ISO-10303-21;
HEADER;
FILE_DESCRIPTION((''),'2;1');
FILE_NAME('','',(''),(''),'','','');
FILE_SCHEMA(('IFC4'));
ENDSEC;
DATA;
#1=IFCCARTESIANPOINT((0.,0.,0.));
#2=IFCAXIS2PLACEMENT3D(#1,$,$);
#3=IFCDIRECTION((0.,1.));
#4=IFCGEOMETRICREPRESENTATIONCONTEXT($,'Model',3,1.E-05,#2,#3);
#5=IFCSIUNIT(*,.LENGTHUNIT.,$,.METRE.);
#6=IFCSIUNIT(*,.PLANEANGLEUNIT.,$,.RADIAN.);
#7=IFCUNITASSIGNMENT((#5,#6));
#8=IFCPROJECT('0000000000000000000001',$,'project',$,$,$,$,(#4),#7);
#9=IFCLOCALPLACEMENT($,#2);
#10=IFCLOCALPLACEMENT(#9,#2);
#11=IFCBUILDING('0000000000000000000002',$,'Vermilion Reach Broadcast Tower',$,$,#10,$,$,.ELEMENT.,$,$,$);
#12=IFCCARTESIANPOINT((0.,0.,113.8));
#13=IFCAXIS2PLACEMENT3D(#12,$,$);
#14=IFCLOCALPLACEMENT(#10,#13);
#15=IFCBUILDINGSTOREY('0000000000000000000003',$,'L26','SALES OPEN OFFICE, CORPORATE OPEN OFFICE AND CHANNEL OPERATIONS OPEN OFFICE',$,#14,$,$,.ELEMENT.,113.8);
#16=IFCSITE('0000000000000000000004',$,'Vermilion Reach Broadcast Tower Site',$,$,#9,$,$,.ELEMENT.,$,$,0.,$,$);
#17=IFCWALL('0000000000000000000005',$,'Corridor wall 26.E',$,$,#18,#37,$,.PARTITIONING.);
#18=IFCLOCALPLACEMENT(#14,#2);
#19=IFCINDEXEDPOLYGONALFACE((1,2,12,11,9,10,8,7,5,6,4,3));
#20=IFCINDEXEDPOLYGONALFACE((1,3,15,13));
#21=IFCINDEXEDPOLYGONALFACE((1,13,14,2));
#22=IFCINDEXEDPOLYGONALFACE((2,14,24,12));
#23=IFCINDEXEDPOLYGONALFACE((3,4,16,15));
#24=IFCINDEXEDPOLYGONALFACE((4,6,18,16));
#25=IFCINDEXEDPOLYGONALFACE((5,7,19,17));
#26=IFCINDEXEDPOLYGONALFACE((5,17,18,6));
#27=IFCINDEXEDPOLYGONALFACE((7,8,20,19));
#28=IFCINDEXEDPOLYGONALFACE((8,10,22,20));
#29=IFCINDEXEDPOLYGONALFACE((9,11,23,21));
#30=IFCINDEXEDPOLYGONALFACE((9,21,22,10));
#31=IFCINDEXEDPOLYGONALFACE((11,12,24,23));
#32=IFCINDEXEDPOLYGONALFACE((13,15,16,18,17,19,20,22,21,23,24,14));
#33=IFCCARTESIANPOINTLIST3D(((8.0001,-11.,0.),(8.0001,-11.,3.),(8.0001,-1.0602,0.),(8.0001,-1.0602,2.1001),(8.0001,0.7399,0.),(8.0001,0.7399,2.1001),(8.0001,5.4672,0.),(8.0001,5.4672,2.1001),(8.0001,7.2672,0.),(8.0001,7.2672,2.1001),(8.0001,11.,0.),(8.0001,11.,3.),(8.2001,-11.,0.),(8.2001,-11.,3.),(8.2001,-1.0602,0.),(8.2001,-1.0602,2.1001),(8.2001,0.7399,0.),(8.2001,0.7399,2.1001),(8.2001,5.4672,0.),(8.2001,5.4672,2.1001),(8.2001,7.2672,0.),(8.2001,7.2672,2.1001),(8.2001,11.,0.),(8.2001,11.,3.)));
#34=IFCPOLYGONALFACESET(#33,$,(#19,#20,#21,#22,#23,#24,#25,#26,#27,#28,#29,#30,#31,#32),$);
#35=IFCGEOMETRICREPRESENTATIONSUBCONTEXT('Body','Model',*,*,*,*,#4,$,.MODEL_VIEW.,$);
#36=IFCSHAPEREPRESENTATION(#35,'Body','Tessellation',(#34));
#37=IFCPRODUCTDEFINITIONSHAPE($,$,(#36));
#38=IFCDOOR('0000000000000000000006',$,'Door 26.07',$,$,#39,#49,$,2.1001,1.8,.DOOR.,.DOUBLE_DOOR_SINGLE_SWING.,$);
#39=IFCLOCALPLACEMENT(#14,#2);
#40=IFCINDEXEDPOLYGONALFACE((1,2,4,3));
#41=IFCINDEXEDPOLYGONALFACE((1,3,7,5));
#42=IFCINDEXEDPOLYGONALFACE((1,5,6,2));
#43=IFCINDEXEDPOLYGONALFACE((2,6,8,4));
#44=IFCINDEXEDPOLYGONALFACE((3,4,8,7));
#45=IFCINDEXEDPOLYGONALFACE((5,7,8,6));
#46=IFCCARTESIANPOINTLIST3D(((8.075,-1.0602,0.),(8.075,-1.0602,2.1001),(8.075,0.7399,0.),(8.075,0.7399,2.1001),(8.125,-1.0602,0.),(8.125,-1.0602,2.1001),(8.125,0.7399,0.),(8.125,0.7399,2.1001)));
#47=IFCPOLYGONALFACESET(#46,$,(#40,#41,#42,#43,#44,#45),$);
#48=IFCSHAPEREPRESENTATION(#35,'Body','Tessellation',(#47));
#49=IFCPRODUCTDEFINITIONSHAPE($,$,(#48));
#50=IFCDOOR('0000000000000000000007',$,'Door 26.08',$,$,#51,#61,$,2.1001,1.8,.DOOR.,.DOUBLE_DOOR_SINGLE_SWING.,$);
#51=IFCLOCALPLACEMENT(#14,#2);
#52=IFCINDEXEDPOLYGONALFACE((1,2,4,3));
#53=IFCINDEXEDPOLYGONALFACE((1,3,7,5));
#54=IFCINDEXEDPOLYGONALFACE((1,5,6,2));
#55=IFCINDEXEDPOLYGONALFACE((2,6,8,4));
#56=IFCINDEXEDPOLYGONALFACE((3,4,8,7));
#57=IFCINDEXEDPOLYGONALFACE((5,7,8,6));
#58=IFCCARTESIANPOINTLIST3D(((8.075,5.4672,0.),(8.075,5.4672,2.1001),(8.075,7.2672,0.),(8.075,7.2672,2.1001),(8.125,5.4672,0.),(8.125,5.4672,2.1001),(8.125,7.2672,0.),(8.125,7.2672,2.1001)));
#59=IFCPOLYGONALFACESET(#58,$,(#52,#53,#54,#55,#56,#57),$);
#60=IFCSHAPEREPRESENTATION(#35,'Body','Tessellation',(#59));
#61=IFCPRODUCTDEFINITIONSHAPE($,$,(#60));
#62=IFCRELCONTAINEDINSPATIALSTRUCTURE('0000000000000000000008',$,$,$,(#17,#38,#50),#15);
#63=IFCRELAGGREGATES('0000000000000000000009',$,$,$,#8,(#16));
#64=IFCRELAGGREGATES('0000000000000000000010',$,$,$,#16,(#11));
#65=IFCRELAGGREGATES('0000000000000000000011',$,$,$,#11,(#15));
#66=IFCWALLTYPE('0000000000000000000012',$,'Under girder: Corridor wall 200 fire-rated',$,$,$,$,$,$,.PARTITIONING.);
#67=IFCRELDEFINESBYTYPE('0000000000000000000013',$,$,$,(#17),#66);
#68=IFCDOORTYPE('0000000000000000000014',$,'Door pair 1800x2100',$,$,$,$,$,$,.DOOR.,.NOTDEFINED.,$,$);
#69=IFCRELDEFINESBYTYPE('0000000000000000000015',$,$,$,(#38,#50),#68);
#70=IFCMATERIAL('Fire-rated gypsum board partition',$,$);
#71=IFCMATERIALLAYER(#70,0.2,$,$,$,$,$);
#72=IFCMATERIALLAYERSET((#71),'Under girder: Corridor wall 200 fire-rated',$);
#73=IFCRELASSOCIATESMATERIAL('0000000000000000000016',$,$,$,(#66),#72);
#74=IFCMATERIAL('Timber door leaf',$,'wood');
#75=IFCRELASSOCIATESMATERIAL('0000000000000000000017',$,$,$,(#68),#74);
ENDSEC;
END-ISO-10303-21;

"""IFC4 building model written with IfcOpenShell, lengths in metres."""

from ifc_helpers import new_model, si_unit, direction, frame, frame_2d, origin, place, context, subcontext, project, spatial, rectangle, extrude, material, layer, layer_set, type_object, element, fill, save


model = new_model("IFC4")

# Units and contexts
model_context = context("Model", 3, precision=1e-05, world=origin(), true_north=direction((0.0, 1.0)))
body_context = subcontext(model_context, "Body", "Model", "MODEL_VIEW")
ifc_project = project(units=[si_unit("LENGTHUNIT", "METRE"), si_unit("PLANEANGLEUNIT", "RADIAN")], contexts=[model_context])

# Site, building, storey
site_placement = place(None, origin())
site = spatial("IfcSite", under=ifc_project, at=site_placement, Name="Vermilion Reach Broadcast Tower Site", CompositionType="ELEMENT", RefElevation=0.0)
building_placement = place(site_placement, origin())
building = spatial("IfcBuilding", under=site, at=building_placement, Name="Vermilion Reach Broadcast Tower", CompositionType="ELEMENT")
storey_placement = place(building_placement, frame((0.0, 0.0, 113.8)))
storey = spatial("IfcBuildingStorey", under=building, at=storey_placement, Name="L26", Description="SALES OPEN OFFICE, CORPORATE OPEN OFFICE AND CHANNEL OPERATIONS OPEN OFFICE", CompositionType="ELEMENT", Elevation=113.8)

# Wall, openings, doors
ifc_material_1 = material(Name="Fire-rated gypsum board partition")
ifc_layer_1 = layer(ifc_material_1, 0.2)
ifc_layer_set_1 = layer_set([ifc_layer_1], Name="Under girder: Corridor wall 200 fire-rated")
wall_type_1 = type_object("IfcWallType", Name="Under girder: Corridor wall 200 fire-rated", PredefinedType="PARTITIONING", material=ifc_layer_set_1)
wall_1_placement = place(storey_placement, frame((8.1001, 11.0, 0.0), z_axis=(0.0, 0.0, 1.0), x_axis=(0.0, -1.0, 0.0)))
wall_1 = element("IfcWall", 1, at=wall_1_placement, inside=storey, type_object=wall_type_1, Name="Corridor wall 26.E", PredefinedType="PARTITIONING", context=body_context, shape_type="SweptSolid", body=[
    extrude(rectangle(XDim=22.0, YDim=0.2, at=frame_2d((11.0, 0.0))), origin(), (0.0, 0.0, 1.0), 3.0),
])
opening_1_placement = place(wall_1_placement, frame((10.2603, 0.0, 0.0)))
opening_1 = element("IfcOpeningElement", 2, at=opening_1_placement, cuts=wall_1, PredefinedType="OPENING", context=body_context, shape_type="SweptSolid", body=[
    extrude(rectangle(XDim=1.8, YDim=2.1001, at=frame_2d((0.8999, 1.05))), frame((0.0, 0.1099, 0.0), z_axis=(0.0, -1.0, 0.0), x_axis=(1.0, 0.0, 0.0)), (0.0, 0.0, 1.0), 0.22),
])
opening_2_placement = place(wall_1_placement, frame((3.7329, 0.0, 0.0)))
opening_2 = element("IfcOpeningElement", 3, at=opening_2_placement, cuts=wall_1, PredefinedType="OPENING", context=body_context, shape_type="SweptSolid", body=[
    extrude(rectangle(XDim=1.8, YDim=2.1001, at=frame_2d((0.8999, 1.05))), frame((0.0, 0.1099, 0.0), z_axis=(0.0, -1.0, 0.0), x_axis=(1.0, 0.0, 0.0)), (0.0, 0.0, 1.0), 0.22),
])
ifc_material_2 = material(Name="Timber door leaf", Category="wood")
door_type_1 = type_object("IfcDoorType", Name="Door pair 1800x2100", OperationType="NOTDEFINED", PredefinedType="DOOR", material=ifc_material_2)
door_1_placement = place(opening_1_placement, origin())
door_1 = element("IfcDoor", 4, at=door_1_placement, inside=storey, type_object=door_type_1, Name="Door 26.07", OperationType="DOUBLE_DOOR_SINGLE_SWING", OverallHeight=2.1001, OverallWidth=1.8, PredefinedType="DOOR", context=body_context, shape_type="SweptSolid", body=[
    extrude(rectangle(XDim=1.8, YDim=2.1001, at=frame_2d((0.8999, 1.05))), frame((0.0, 0.0249, 0.0), z_axis=(0.0, -1.0, 0.0), x_axis=(1.0, 0.0, 0.0)), (0.0, 0.0, 1.0), 0.05),
])
fill(opening_1, door_1)
door_2_placement = place(opening_2_placement, origin())
door_2 = element("IfcDoor", 5, at=door_2_placement, inside=storey, type_object=door_type_1, Name="Door 26.08", OperationType="DOUBLE_DOOR_SINGLE_SWING", OverallHeight=2.1001, OverallWidth=1.8, PredefinedType="DOOR", context=body_context, shape_type="SweptSolid", body=[
    extrude(rectangle(XDim=1.8, YDim=2.1001, at=frame_2d((0.8999, 1.05))), frame((0.0, 0.0249, 0.0), z_axis=(0.0, -1.0, 0.0), x_axis=(1.0, 0.0, 0.0)), (0.0, 0.0, 1.0), 0.05),
])
fill(opening_2, door_2)

save(model, "model.ifc")
